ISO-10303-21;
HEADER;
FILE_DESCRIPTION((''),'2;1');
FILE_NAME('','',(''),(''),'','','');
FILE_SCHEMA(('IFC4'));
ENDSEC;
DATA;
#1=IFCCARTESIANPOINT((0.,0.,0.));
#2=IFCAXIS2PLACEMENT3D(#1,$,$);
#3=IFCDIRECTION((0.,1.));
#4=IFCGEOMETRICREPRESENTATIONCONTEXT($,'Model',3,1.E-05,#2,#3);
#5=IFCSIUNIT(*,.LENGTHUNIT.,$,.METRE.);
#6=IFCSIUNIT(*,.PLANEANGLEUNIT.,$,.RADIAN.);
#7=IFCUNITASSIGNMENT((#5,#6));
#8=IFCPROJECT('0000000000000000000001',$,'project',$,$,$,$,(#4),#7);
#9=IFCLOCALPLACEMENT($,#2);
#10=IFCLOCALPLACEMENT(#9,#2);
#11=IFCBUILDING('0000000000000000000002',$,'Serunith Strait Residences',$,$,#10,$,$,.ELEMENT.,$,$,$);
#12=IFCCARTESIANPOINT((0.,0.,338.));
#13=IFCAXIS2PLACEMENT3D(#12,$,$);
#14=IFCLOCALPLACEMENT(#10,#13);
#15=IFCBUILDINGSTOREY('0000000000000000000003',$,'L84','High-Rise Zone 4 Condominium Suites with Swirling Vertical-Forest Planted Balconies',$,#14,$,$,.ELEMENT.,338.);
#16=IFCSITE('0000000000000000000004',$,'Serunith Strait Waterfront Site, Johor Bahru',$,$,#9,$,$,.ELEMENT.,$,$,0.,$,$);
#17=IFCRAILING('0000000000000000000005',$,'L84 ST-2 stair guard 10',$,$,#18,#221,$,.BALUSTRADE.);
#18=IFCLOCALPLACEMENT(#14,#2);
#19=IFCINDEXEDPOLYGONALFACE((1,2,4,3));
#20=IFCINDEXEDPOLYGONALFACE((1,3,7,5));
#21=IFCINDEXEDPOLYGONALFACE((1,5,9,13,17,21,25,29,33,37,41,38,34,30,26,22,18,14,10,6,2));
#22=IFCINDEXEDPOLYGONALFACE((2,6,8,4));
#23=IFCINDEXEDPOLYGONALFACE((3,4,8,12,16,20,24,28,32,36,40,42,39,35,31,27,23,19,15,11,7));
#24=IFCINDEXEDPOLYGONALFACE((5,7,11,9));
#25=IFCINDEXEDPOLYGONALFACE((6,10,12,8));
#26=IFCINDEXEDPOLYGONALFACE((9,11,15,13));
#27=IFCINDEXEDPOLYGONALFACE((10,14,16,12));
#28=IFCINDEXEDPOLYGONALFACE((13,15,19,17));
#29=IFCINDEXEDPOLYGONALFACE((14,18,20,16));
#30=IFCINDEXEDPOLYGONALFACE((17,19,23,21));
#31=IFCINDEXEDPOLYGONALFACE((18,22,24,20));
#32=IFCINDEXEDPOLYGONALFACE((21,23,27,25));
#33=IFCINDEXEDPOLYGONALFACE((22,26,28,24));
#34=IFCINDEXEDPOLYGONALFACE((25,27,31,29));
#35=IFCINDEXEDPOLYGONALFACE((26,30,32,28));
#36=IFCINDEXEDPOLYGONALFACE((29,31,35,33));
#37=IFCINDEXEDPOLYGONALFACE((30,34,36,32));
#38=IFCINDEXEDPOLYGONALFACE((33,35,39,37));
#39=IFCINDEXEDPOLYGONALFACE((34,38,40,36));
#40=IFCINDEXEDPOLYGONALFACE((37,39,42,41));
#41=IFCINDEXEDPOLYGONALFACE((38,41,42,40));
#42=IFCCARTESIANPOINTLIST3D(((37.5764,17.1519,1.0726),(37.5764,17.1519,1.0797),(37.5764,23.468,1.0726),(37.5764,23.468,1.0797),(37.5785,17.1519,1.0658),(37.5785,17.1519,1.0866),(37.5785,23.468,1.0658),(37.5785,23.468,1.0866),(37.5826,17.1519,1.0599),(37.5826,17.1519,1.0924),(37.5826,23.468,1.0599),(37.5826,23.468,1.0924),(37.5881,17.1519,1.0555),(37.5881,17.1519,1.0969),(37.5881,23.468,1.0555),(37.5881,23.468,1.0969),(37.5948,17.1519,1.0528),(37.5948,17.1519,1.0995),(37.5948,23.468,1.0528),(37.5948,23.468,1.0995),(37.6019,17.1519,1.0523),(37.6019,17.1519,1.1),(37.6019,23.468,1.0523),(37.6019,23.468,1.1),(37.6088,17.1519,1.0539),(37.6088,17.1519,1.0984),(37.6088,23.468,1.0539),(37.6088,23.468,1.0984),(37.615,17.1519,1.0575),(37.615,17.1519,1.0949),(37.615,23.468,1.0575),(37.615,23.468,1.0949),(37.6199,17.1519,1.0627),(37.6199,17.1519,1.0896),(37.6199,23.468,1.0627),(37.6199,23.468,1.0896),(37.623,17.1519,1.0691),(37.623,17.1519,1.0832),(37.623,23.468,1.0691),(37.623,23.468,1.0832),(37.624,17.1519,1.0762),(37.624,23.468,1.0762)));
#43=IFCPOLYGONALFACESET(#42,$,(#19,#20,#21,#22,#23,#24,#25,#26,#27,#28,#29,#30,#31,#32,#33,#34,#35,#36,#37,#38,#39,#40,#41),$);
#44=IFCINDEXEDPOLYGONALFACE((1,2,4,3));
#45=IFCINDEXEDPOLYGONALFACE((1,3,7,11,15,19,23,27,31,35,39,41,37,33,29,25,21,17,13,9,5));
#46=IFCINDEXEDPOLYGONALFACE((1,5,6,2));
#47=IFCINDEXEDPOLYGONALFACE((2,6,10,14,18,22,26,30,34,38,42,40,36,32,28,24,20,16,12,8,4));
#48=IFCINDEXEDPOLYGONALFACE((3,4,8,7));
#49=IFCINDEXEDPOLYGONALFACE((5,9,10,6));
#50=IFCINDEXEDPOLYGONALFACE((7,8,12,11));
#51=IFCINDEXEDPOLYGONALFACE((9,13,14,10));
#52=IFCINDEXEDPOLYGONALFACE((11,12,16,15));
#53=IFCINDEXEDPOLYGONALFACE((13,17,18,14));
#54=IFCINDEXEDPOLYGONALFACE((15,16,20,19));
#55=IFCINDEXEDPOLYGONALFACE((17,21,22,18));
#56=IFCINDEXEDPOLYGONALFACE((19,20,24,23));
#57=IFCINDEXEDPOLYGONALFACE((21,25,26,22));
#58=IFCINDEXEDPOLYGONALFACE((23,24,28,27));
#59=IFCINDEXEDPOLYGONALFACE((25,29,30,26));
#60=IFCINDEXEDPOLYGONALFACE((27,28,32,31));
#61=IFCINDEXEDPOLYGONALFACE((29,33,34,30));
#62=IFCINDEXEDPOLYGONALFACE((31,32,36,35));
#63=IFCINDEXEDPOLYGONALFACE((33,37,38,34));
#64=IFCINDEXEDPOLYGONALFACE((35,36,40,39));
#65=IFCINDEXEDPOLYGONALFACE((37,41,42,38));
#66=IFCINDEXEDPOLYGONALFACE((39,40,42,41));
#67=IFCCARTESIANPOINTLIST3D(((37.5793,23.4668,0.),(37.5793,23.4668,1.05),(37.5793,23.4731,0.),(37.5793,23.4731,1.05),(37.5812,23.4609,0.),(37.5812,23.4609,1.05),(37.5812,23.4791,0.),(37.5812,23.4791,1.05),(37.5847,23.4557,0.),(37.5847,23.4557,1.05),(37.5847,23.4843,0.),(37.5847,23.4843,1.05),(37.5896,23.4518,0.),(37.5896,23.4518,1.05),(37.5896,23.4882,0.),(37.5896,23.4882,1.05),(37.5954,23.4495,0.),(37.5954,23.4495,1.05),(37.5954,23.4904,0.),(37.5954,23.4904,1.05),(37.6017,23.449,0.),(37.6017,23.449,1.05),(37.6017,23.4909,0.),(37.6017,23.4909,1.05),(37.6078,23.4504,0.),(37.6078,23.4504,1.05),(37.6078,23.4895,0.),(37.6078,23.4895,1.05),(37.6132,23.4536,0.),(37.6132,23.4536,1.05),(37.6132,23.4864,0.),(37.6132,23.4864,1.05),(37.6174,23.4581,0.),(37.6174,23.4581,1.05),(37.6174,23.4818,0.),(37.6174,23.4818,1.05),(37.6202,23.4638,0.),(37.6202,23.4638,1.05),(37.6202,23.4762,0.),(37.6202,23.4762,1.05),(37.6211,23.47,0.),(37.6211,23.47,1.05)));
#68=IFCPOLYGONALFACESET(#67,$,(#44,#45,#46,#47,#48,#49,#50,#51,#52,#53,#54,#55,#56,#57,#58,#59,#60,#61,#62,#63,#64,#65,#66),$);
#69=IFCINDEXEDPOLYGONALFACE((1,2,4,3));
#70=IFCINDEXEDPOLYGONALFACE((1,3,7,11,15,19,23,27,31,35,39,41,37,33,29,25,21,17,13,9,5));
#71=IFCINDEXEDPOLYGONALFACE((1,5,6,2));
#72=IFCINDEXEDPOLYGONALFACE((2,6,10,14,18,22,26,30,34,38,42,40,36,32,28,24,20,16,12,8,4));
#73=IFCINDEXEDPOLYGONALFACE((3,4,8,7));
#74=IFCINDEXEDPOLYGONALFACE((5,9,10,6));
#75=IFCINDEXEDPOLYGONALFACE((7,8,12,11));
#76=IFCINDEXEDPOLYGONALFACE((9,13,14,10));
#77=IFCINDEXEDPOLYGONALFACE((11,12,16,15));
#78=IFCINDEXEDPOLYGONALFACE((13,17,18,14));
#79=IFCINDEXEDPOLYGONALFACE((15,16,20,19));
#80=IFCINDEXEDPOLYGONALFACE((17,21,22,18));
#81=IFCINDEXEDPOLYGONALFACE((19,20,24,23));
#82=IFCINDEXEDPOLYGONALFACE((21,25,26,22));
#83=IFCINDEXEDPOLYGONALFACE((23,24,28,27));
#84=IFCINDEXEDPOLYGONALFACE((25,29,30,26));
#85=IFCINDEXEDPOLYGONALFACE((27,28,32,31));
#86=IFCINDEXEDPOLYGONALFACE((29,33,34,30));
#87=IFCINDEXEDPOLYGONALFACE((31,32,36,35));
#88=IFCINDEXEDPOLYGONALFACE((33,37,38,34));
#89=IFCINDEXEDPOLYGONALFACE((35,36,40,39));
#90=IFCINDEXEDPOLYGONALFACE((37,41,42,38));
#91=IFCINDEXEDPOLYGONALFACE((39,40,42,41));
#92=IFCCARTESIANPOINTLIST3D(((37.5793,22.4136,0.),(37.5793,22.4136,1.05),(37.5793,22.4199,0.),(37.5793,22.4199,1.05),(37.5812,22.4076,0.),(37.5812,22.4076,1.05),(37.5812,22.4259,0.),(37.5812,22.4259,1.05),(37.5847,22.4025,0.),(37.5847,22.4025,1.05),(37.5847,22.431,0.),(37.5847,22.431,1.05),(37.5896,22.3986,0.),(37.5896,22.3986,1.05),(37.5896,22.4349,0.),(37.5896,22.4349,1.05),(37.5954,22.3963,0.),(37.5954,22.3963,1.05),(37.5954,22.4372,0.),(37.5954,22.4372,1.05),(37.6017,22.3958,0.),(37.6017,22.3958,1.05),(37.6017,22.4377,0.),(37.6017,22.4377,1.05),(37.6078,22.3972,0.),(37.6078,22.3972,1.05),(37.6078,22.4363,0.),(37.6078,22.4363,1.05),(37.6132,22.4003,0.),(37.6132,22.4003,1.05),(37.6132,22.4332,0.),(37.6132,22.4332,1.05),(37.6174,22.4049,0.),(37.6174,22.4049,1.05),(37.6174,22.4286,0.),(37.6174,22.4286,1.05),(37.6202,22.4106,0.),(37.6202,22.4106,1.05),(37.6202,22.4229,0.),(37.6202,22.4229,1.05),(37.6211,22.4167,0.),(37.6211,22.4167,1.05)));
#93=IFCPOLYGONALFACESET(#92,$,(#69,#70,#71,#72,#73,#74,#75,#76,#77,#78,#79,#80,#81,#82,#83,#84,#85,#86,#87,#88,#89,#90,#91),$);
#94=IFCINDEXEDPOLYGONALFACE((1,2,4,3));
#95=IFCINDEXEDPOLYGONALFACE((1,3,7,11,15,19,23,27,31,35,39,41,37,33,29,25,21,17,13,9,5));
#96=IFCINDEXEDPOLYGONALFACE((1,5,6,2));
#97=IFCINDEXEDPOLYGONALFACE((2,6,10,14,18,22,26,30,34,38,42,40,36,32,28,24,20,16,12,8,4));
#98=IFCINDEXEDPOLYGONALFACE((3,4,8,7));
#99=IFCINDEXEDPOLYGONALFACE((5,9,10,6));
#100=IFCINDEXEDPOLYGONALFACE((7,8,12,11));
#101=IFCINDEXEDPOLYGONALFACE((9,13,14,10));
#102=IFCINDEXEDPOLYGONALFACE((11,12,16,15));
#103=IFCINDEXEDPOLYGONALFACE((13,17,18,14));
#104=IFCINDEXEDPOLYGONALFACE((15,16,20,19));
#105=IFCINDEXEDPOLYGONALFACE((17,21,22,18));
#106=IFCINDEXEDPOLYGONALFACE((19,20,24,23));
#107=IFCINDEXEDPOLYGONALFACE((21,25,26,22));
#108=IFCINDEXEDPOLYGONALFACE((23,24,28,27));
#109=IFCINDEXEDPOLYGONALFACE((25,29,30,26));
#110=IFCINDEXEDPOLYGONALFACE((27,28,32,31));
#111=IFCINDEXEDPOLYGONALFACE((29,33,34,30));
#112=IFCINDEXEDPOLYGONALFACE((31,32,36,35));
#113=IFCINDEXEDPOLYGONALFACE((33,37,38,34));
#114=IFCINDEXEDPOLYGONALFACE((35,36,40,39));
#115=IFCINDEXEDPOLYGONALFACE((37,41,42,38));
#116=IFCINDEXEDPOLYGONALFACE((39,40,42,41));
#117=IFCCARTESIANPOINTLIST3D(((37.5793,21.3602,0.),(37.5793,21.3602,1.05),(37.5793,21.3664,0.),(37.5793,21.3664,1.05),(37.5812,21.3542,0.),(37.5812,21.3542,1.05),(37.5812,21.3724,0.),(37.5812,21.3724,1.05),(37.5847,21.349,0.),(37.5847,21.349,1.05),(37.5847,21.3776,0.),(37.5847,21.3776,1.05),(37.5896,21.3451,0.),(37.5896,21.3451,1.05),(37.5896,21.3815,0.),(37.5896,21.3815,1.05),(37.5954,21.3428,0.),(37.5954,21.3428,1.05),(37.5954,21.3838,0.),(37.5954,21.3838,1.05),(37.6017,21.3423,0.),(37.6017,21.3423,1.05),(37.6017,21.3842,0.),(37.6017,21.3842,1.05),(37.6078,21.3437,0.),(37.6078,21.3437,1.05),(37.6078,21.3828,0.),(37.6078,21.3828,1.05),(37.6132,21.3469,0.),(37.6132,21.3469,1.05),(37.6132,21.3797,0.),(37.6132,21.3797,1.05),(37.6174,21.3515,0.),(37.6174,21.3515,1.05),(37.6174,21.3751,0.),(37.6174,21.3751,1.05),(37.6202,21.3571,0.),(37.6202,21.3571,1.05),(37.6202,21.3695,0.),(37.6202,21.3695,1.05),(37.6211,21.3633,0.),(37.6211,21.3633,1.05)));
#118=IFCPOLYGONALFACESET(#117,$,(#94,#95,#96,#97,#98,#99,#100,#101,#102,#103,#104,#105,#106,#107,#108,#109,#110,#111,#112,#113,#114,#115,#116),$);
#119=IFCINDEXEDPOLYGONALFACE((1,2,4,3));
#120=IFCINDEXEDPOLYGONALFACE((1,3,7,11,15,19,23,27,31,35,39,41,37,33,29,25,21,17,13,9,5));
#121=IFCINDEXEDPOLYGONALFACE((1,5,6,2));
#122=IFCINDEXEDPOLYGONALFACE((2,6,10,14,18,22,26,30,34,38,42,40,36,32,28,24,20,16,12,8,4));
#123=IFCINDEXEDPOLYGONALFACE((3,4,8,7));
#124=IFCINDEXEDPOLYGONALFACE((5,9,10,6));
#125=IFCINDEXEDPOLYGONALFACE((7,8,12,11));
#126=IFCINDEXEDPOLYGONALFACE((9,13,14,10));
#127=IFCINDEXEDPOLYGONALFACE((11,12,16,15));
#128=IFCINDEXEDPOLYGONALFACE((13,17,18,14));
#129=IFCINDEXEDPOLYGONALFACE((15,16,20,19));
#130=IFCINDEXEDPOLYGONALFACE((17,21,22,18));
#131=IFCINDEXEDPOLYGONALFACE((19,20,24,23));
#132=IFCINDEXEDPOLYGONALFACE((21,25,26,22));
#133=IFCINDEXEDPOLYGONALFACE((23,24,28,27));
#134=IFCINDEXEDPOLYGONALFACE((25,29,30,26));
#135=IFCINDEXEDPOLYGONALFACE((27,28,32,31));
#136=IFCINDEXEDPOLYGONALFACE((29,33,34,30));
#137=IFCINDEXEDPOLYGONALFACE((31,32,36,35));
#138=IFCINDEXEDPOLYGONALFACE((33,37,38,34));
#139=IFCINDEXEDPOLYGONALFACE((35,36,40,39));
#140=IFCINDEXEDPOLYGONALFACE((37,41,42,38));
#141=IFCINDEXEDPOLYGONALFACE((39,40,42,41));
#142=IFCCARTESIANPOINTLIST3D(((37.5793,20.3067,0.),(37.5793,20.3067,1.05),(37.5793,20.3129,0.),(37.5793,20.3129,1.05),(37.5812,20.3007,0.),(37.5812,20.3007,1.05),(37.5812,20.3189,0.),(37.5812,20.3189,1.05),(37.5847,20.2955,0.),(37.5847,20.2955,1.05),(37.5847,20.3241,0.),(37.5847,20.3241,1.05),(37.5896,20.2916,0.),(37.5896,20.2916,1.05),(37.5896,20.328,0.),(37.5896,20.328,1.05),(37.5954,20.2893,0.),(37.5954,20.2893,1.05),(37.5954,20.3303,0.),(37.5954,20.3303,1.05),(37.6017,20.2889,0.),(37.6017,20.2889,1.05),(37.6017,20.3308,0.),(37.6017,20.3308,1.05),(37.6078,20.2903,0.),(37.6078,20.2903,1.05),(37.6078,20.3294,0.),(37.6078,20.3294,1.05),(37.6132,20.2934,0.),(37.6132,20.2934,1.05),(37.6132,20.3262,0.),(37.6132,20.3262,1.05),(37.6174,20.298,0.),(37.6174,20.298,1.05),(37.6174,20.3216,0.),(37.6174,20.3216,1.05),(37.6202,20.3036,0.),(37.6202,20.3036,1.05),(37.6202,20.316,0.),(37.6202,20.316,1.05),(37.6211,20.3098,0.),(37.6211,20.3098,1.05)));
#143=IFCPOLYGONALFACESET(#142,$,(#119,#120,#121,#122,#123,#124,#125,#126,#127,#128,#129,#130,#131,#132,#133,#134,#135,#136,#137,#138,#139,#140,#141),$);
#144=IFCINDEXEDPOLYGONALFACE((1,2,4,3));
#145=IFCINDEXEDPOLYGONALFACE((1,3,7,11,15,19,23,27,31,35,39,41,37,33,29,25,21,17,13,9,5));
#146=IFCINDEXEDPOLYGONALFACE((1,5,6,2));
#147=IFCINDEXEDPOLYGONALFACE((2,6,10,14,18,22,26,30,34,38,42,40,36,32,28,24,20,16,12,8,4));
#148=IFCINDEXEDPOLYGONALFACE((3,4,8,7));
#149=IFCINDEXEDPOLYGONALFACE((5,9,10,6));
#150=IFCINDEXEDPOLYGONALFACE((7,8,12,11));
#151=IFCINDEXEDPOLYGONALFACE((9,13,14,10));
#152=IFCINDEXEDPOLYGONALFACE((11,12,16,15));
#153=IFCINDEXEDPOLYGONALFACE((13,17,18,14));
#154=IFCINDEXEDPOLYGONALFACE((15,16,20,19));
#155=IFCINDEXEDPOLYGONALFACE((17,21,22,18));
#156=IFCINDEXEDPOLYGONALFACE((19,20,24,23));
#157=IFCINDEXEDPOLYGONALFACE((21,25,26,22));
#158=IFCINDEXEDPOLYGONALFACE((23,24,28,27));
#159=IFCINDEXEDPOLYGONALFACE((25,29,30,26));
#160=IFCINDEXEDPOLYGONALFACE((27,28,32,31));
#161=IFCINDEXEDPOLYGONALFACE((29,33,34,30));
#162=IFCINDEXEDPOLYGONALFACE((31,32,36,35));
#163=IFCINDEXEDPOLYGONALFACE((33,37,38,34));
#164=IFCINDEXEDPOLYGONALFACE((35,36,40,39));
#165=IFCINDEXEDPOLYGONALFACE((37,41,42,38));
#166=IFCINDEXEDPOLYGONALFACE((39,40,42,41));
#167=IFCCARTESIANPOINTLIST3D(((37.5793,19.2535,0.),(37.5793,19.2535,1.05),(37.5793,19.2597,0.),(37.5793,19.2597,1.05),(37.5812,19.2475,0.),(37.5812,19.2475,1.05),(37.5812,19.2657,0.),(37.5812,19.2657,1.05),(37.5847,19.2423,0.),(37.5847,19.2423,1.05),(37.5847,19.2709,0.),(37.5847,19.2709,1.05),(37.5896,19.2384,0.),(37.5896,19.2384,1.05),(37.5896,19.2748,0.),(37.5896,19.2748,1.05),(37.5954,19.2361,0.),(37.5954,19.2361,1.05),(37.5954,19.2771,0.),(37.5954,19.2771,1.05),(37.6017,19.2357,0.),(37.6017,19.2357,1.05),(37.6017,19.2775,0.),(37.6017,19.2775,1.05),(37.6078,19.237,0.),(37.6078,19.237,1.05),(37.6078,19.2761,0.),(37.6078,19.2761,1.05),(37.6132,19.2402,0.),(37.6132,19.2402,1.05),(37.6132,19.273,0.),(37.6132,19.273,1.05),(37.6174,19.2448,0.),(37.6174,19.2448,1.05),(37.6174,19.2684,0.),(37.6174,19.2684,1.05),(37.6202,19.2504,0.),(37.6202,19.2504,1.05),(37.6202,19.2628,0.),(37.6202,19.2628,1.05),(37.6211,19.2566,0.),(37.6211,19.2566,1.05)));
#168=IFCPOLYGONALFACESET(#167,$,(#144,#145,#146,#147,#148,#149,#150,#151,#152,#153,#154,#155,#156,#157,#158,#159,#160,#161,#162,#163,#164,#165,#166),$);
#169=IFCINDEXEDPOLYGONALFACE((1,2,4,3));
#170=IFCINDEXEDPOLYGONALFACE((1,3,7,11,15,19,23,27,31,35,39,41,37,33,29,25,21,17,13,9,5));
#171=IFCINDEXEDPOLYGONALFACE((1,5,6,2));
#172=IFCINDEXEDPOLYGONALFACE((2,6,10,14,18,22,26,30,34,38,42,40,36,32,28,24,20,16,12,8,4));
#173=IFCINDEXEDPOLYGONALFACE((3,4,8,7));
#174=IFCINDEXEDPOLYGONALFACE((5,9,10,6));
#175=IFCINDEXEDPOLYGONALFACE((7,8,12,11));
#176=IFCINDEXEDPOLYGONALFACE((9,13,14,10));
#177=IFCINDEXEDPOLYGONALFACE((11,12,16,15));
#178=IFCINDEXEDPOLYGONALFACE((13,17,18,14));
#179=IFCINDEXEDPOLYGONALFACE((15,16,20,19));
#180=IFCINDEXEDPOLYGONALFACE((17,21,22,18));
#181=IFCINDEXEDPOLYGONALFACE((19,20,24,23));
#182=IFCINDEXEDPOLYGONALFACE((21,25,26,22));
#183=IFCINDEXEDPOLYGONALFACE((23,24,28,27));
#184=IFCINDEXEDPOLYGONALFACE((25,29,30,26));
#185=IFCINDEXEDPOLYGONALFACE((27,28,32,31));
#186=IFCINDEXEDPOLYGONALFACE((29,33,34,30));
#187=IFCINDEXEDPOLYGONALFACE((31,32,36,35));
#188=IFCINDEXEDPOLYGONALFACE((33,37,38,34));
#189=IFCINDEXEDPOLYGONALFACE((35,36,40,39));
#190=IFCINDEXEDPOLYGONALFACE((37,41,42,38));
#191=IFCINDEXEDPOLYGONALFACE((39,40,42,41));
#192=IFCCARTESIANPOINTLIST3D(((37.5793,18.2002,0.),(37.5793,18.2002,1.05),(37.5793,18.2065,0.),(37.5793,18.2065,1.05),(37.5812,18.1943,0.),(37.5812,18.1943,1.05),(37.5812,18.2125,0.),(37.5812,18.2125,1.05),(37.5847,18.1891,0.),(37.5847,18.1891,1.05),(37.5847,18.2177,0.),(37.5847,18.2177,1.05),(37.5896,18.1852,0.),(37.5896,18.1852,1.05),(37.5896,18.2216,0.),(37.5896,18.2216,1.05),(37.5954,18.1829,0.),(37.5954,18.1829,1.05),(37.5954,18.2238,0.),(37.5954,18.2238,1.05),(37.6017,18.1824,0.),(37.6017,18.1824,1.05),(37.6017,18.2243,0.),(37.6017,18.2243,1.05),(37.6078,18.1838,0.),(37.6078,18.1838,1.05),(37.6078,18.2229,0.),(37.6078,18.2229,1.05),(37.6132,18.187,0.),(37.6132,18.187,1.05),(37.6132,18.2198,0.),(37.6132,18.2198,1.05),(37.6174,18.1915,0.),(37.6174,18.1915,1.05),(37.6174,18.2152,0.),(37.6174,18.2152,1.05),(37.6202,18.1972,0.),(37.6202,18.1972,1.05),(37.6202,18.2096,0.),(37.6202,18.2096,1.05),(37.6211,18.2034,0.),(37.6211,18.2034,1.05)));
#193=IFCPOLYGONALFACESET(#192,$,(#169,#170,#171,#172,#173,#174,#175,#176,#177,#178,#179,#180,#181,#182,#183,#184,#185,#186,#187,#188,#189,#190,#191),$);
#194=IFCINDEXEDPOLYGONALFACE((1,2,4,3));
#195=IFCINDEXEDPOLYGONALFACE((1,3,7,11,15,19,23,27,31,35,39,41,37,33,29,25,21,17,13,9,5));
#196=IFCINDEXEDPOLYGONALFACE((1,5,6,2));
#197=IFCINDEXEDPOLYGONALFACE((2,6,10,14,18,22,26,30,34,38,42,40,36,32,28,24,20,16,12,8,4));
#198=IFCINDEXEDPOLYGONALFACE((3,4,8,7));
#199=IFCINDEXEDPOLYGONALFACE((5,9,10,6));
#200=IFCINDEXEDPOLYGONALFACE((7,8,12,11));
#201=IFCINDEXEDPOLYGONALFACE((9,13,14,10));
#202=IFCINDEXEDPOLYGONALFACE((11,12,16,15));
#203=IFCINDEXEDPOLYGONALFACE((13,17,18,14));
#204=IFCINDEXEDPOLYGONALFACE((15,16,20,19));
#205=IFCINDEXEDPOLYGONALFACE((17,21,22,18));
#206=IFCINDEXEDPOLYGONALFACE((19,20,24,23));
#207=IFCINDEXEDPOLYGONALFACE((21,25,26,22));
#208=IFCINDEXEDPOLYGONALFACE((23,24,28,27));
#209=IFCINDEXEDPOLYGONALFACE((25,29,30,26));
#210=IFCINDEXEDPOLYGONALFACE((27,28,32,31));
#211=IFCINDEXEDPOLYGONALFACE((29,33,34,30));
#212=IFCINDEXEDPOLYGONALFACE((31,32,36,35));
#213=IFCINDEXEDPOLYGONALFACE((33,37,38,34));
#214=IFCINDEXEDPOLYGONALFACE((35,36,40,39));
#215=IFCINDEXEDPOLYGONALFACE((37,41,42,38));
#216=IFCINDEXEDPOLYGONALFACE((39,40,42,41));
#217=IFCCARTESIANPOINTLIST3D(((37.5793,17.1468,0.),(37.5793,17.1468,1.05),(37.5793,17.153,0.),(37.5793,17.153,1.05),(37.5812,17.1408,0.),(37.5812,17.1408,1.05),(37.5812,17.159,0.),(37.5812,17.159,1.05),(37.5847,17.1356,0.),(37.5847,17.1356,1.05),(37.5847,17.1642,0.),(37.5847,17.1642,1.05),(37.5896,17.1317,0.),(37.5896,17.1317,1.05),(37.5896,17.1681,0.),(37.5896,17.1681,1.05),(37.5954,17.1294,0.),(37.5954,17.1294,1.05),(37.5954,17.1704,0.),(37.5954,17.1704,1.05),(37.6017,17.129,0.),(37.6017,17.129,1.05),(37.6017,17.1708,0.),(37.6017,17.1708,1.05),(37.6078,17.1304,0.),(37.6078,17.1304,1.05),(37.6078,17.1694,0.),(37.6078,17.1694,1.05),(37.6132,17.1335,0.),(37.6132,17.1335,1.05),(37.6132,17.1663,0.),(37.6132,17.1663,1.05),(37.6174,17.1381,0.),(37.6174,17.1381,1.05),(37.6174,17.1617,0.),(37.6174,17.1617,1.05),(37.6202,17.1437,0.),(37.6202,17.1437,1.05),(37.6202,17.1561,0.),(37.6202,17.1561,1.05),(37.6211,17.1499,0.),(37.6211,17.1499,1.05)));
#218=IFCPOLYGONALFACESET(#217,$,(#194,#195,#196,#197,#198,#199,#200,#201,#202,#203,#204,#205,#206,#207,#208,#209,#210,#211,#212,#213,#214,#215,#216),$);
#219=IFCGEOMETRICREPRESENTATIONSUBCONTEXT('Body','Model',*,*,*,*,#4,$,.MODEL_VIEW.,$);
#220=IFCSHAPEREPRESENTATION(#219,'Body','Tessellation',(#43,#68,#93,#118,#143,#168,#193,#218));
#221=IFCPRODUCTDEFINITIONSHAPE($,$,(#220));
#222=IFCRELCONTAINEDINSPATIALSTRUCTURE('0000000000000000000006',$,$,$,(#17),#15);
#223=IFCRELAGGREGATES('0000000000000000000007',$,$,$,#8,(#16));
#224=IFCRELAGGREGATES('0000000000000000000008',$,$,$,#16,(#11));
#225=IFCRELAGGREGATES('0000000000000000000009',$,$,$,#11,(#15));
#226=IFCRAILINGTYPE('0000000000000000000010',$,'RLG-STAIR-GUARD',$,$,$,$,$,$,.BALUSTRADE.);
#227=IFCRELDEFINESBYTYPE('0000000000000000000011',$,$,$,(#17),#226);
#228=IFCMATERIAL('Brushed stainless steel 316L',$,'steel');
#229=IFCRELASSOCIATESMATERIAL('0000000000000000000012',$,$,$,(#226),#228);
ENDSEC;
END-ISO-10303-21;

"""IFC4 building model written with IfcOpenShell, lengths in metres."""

from ifc_helpers import new_model, si_unit, direction, frame, origin, origin_2d, place, context, subcontext, project, spatial, circle, extrude, material, type_object, element, save


model = new_model("IFC4")

# Units and contexts
model_context = context("Model", 3, precision=1e-05, world=origin(), true_north=direction((0.0, 1.0)))
body_context = subcontext(model_context, "Body", "Model", "MODEL_VIEW")
ifc_project = project(units=[si_unit("LENGTHUNIT", "METRE"), si_unit("PLANEANGLEUNIT", "RADIAN")], contexts=[model_context])

# Site, building, storey
site_placement = place(None, origin())
site = spatial("IfcSite", under=ifc_project, at=site_placement, Name="Serunith Strait Waterfront Site, Johor Bahru", CompositionType="ELEMENT", RefElevation=0.0)
building_placement = place(site_placement, origin())
building = spatial("IfcBuilding", under=site, at=building_placement, Name="Serunith Strait Residences", CompositionType="ELEMENT")
storey_placement = place(building_placement, frame((0.0, 0.0, 338.0)))
storey = spatial("IfcBuildingStorey", under=building, at=storey_placement, Name="L84", Description="High-Rise Zone 4 Condominium Suites with Swirling Vertical-Forest Planted Balconies", CompositionType="ELEMENT", Elevation=338.0)

# Railing
ifc_material_1 = material(Name="Brushed stainless steel 316L", Category="steel")
railing_type = type_object("IfcRailingType", Name="RLG-STAIR-GUARD", PredefinedType="BALUSTRADE", material=ifc_material_1)
railing_placement = place(storey_placement, frame((37.6001, 23.47, 0.0)))
element("IfcRailing", 1, at=railing_placement, inside=storey, type_object=railing_type, Name="L84 ST-2 stair guard 10", PredefinedType="BALUSTRADE", context=body_context, shape_type="SweptSolid", body=[
    extrude(circle(Radius=0.0239, at=origin_2d()), frame((0.0, -0.002, 1.0762), z_axis=(0.0, -1.0, 0.0), x_axis=(1.0, 0.0, 0.0)), (0.0, 0.0, 1.0), 6.3162),
    extrude(circle(Radius=0.021, at=origin_2d()), origin(), (0.0, 0.0, 1.0), 1.05),
    extrude(circle(Radius=0.021, at=origin_2d()), frame((0.0, -1.0532, 0.0)), (0.0, 0.0, 1.0), 1.05),
    extrude(circle(Radius=0.021, at=origin_2d()), frame((0.0, -2.1067, 0.0)), (0.0, 0.0, 1.0), 1.05),
    extrude(circle(Radius=0.021, at=origin_2d()), frame((0.0, -3.1602, 0.0)), (0.0, 0.0, 1.0), 1.05),
    extrude(circle(Radius=0.021, at=origin_2d()), frame((0.0, -4.2134, 0.0)), (0.0, 0.0, 1.0), 1.05),
    extrude(circle(Radius=0.021, at=origin_2d()), frame((0.0, -5.2666, 0.0)), (0.0, 0.0, 1.0), 1.05),
    extrude(circle(Radius=0.021, at=origin_2d()), frame((0.0, -6.3201, 0.0)), (0.0, 0.0, 1.0), 1.05),
])

save(model, "model.ifc")
